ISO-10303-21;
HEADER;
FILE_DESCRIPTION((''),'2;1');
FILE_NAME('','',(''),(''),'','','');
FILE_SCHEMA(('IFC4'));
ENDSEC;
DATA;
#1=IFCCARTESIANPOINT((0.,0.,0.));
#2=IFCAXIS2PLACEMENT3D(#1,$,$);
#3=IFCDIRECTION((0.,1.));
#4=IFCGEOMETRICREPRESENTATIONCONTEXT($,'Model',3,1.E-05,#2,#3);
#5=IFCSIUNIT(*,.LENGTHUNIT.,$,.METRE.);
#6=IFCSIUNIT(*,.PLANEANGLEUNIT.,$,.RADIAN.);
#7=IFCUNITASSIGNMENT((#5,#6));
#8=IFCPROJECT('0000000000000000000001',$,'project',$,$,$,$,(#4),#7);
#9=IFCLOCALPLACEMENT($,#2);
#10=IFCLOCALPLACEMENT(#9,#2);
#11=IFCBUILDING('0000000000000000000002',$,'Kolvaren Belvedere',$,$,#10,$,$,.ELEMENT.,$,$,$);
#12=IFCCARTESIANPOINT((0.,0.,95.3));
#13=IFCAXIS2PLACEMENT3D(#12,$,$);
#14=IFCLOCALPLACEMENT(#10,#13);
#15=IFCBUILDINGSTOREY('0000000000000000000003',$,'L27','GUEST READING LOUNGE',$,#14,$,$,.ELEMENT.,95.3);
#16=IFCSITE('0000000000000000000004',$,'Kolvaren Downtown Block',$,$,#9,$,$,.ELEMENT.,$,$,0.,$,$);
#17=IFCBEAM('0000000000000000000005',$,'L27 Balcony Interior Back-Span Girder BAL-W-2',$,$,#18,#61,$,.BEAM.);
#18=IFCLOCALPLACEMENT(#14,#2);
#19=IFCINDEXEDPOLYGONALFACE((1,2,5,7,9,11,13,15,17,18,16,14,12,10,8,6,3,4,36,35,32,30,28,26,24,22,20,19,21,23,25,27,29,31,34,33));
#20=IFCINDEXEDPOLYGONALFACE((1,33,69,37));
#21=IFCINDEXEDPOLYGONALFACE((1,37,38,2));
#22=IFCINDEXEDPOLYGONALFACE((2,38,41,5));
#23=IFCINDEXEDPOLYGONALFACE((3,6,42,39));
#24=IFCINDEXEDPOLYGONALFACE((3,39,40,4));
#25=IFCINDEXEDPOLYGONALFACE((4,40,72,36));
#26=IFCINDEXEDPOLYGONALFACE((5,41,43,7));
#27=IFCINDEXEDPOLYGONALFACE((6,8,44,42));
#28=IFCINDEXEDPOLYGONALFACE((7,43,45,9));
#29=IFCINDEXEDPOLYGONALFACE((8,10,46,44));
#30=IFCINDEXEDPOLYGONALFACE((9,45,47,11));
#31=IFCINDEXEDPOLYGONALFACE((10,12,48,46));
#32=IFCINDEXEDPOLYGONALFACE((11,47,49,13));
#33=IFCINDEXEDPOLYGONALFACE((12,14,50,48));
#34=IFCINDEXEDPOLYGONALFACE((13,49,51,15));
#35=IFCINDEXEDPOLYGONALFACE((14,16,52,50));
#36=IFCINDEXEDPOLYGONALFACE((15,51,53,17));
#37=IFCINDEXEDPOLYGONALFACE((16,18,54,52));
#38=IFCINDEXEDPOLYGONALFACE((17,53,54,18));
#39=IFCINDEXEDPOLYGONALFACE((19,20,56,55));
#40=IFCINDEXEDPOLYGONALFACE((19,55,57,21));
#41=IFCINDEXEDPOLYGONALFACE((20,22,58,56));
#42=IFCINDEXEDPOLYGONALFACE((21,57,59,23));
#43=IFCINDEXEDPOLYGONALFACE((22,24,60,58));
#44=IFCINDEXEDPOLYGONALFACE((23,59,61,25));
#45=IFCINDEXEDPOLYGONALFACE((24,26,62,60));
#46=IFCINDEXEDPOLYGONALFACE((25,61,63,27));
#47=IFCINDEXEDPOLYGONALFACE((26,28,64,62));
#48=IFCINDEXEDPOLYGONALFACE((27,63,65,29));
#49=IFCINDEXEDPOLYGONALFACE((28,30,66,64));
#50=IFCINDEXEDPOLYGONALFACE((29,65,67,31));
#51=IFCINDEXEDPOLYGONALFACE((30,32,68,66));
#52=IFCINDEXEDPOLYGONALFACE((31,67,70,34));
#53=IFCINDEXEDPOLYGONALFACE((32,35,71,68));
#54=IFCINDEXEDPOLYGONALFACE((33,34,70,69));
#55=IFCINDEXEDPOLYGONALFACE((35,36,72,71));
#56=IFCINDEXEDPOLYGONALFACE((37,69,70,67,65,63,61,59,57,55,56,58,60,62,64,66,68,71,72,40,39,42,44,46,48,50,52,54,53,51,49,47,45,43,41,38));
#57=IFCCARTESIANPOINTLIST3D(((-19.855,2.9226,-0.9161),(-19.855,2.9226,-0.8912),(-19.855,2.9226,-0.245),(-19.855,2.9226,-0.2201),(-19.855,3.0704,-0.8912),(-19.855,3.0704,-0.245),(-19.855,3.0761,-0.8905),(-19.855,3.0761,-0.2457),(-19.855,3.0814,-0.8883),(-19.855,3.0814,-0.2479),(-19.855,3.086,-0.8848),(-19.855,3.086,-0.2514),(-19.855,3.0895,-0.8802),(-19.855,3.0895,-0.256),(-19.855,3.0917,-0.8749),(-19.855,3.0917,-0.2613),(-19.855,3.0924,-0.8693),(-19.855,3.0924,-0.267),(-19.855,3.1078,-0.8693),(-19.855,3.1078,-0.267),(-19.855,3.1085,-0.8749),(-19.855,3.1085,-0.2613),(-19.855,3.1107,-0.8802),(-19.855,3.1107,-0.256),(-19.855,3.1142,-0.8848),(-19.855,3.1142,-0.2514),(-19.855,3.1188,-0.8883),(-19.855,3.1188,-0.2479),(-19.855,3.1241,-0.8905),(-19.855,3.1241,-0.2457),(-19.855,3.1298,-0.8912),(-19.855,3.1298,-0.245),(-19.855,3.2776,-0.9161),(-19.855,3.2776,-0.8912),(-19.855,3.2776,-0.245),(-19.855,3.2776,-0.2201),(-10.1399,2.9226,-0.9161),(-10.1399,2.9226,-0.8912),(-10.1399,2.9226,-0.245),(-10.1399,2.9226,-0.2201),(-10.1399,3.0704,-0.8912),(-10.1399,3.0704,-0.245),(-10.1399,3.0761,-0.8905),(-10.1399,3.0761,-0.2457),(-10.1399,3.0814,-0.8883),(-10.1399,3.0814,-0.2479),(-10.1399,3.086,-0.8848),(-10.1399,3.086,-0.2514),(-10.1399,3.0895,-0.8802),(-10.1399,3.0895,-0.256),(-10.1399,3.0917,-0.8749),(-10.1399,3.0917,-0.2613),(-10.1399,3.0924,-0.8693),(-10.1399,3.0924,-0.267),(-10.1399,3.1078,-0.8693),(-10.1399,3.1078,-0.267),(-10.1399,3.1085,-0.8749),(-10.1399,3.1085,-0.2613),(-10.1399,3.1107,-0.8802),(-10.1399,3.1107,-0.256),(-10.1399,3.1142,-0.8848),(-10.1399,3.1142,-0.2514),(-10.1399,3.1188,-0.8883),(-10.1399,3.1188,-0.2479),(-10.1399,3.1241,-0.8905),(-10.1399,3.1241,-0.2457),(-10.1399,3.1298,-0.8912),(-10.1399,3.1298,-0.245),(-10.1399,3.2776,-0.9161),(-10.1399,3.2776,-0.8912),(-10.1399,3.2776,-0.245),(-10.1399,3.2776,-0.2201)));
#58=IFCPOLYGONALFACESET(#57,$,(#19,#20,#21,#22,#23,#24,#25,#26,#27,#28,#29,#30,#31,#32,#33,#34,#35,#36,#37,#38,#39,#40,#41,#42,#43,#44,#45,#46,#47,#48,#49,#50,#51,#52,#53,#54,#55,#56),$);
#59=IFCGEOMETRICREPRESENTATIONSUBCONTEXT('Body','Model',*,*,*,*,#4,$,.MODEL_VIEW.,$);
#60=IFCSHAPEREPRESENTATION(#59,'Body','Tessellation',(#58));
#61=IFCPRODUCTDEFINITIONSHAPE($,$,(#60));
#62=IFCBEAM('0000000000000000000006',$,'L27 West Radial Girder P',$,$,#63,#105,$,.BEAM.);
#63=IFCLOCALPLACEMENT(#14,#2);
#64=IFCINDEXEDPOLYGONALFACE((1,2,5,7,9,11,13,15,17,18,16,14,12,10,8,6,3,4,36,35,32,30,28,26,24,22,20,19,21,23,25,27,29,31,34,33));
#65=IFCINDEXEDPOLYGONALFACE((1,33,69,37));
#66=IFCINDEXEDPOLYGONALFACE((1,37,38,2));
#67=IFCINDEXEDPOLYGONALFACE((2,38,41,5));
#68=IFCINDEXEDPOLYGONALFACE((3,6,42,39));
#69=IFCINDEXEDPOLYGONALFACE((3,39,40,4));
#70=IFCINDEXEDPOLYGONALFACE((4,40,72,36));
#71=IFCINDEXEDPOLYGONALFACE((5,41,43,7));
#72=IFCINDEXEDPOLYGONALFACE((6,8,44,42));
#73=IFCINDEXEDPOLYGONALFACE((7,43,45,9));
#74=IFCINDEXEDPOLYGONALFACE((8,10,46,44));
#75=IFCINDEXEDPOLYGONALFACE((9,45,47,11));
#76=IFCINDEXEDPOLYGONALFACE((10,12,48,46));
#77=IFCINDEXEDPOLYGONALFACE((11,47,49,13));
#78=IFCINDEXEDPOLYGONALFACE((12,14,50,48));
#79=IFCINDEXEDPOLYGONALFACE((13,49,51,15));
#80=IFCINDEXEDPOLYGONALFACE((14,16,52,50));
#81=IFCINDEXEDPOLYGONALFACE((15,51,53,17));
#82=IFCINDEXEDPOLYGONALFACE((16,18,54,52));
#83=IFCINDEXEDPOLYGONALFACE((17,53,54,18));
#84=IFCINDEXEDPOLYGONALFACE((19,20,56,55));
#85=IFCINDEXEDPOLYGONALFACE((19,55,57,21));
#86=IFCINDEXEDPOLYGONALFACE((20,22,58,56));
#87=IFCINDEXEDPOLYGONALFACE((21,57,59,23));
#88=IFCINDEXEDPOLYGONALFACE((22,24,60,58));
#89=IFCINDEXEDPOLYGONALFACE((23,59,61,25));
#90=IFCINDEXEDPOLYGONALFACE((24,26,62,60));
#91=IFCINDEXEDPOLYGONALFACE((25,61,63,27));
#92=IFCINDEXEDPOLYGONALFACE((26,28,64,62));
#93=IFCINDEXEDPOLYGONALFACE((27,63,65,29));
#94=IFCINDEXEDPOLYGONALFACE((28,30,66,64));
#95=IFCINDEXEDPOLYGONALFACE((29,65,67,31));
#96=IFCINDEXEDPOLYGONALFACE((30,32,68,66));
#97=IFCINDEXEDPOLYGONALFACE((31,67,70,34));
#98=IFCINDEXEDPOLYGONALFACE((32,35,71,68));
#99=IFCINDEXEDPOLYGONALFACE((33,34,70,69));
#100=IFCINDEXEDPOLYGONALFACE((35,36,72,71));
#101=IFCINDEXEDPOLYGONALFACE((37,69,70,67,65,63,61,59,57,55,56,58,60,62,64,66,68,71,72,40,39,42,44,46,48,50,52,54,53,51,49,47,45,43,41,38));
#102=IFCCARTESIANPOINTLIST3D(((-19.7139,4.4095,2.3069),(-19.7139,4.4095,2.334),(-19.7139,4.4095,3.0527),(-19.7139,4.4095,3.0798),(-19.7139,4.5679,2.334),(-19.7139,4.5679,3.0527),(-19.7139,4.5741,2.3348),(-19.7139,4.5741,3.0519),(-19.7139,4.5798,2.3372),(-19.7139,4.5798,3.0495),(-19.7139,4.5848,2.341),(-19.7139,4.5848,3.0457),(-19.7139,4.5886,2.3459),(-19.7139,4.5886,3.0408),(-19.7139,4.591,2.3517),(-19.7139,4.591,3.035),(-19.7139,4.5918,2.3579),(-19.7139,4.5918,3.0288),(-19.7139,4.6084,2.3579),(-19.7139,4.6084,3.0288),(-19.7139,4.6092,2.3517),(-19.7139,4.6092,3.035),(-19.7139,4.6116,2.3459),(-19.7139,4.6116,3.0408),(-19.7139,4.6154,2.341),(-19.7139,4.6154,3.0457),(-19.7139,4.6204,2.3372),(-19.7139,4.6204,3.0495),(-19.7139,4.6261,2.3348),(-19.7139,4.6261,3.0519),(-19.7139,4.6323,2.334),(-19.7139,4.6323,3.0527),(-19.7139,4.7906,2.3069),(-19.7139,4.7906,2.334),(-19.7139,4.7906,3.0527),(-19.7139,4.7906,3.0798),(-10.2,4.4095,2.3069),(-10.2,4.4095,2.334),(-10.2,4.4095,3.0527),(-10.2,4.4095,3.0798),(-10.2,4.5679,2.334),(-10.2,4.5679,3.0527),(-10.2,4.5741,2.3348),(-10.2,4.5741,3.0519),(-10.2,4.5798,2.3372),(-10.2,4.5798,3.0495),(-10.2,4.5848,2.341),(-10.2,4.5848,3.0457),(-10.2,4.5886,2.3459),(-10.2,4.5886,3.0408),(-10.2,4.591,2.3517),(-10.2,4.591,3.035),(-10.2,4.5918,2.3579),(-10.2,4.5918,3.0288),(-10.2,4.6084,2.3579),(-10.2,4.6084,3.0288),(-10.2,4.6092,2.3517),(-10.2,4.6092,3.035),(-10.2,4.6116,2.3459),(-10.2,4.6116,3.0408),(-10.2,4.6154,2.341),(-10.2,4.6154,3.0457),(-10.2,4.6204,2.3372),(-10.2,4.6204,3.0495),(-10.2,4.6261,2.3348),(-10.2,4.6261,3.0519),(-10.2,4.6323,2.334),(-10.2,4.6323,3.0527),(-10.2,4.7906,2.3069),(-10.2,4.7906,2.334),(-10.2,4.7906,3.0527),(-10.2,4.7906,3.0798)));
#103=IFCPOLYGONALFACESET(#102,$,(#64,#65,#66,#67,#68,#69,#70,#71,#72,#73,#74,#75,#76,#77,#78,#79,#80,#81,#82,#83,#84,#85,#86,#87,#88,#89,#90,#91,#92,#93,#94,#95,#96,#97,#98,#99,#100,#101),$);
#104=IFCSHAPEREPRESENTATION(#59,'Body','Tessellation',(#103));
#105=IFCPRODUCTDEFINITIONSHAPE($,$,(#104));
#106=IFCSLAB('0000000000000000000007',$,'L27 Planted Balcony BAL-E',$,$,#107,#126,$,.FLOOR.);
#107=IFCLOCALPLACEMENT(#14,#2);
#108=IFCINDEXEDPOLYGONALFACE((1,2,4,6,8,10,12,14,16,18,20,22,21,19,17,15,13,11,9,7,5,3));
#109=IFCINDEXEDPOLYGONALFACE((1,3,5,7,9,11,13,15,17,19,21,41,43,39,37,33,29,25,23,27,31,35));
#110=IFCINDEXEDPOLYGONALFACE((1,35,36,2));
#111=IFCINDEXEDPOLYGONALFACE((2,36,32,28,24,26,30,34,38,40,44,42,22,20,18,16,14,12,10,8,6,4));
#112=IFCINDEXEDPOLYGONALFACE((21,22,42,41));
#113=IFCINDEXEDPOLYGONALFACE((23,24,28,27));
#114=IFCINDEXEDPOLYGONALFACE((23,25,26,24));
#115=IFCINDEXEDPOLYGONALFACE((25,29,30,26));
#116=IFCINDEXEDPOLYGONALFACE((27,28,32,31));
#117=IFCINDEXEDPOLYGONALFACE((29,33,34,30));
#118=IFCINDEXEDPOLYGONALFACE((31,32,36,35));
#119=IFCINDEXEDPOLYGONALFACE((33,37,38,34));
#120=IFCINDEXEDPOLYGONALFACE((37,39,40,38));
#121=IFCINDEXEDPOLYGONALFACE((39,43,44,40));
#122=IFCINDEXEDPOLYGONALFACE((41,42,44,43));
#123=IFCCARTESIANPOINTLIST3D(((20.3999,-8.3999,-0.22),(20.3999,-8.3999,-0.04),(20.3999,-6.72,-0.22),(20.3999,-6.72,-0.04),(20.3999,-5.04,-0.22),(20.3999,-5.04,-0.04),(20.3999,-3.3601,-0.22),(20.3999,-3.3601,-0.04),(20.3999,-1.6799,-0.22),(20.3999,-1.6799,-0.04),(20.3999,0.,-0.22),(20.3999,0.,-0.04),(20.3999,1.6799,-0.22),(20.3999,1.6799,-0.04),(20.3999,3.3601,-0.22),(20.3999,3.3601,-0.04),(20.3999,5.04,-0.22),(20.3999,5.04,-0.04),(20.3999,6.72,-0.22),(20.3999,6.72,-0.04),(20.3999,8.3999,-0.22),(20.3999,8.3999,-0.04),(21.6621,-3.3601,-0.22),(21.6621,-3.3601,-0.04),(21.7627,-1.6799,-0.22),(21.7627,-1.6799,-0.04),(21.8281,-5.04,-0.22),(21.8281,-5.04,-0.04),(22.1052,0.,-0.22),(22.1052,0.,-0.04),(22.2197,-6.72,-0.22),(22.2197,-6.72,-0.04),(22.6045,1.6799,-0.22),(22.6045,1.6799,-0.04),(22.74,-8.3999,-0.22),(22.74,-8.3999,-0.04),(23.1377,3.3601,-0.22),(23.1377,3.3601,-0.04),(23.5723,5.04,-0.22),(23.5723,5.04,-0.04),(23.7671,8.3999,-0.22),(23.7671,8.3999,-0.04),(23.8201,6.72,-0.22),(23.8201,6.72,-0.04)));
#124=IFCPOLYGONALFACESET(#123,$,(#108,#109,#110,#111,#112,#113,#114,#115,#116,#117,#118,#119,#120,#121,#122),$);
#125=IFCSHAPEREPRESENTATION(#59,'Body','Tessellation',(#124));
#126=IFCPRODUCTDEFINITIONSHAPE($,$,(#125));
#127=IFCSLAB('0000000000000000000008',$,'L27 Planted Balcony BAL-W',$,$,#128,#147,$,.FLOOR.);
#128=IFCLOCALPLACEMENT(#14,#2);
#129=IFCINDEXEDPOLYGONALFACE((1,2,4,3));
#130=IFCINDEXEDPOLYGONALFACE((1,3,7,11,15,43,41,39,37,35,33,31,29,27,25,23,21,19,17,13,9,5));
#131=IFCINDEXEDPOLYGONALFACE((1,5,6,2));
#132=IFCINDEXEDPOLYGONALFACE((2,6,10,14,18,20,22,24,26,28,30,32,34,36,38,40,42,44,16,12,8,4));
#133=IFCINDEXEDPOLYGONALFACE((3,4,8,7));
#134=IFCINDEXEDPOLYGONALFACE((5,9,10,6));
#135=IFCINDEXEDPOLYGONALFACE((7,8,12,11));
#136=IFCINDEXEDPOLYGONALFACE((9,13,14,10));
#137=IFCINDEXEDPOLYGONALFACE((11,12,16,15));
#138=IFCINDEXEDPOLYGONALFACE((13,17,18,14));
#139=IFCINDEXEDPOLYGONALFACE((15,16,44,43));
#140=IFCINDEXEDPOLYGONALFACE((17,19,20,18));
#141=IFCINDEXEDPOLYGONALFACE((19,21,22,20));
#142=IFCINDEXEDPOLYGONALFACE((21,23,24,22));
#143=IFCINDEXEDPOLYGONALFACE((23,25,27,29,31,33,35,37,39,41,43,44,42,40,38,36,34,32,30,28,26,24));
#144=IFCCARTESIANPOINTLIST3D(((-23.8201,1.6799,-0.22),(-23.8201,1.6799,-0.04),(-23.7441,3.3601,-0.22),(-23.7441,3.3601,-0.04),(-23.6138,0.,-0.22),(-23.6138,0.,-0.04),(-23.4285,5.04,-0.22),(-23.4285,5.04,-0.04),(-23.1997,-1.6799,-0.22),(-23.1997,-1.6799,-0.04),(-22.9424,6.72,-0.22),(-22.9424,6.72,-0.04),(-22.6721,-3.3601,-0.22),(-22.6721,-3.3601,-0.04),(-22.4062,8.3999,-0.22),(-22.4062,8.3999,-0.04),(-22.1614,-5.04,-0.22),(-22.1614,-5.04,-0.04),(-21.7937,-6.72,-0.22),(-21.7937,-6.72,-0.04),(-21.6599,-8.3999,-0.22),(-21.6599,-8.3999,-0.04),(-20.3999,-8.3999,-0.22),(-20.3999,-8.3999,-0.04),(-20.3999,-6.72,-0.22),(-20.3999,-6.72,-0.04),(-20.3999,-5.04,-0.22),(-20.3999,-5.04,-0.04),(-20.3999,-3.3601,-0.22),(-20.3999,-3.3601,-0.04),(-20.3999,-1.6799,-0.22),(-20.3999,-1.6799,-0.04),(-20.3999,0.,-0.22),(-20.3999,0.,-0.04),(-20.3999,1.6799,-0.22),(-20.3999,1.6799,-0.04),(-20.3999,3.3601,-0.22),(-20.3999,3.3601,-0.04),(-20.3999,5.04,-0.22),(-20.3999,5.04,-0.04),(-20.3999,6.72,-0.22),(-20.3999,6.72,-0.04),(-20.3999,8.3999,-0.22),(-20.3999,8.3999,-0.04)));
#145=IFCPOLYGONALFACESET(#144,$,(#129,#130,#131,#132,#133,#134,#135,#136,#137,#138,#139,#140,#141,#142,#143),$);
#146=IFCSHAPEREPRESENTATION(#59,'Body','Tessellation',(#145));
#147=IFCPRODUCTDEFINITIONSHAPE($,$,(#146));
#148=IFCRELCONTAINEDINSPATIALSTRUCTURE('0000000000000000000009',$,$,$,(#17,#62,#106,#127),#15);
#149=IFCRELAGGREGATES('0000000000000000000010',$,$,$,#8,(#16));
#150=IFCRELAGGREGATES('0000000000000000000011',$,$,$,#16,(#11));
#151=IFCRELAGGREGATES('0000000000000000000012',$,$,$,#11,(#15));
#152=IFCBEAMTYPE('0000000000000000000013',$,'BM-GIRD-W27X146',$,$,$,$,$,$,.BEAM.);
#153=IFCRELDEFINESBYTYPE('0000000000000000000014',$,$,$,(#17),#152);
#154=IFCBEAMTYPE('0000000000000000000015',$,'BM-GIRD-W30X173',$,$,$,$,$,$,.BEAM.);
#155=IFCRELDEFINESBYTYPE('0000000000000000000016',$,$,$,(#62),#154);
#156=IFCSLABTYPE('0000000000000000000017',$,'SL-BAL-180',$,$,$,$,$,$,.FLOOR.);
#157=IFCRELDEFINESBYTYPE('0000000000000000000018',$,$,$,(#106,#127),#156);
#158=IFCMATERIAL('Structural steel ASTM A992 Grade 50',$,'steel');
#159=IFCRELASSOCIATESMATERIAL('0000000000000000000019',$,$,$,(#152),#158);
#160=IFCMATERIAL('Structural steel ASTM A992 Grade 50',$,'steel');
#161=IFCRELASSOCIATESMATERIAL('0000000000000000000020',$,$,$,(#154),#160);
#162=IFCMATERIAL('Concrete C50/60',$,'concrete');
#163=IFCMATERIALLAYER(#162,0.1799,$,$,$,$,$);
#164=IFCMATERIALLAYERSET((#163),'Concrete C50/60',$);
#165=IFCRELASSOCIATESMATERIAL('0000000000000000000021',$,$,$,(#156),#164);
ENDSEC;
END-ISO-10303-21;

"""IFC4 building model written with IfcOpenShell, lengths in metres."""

from ifc_helpers import new_model, si_unit, direction, frame, origin, origin_2d, place, context, subcontext, project, spatial, polyline, i_section, outline, extrude, material, layer, layer_set, material_profile, profile_set, type_object, element, save


model = new_model("IFC4")

# Units and contexts
model_context = context("Model", 3, precision=1e-05, world=origin(), true_north=direction((0.0, 1.0)))
body_context = subcontext(model_context, "Body", "Model", "MODEL_VIEW")
ifc_project = project(units=[si_unit("LENGTHUNIT", "METRE"), si_unit("PLANEANGLEUNIT", "RADIAN")], contexts=[model_context])

# Site, building, storey
site_placement = place(None, origin())
site = spatial("IfcSite", under=ifc_project, at=site_placement, Name="Kolvaren Downtown Block", CompositionType="ELEMENT", RefElevation=0.0)
building_placement = place(site_placement, origin())
building = spatial("IfcBuilding", under=site, at=building_placement, Name="Kolvaren Belvedere", CompositionType="ELEMENT")
storey_placement = place(building_placement, frame((0.0, 0.0, 95.3)))
storey = spatial("IfcBuildingStorey", under=building, at=storey_placement, Name="L27", Description="GUEST READING LOUNGE", CompositionType="ELEMENT", Elevation=95.3)

# Beams
ifc_material_1 = material(Name="Structural steel ASTM A992 Grade 50", Category="steel")
ifc_material_profile_1 = material_profile(ifc_material_1, i_section(OverallWidth=0.355, OverallDepth=0.696, WebThickness=0.0154, FlangeThickness=0.0249, FilletRadius=0.022, at=origin_2d()), Name="W27X146")
ifc_profile_set_1 = profile_set([ifc_material_profile_1], Name="Structural steel ASTM A992 Grade 50")
beam_type_1 = type_object("IfcBeamType", Name="BM-GIRD-W27X146", PredefinedType="BEAM", material=ifc_profile_set_1)
beam_1_placement = place(storey_placement, frame((-10.1399, 3.1001, -0.5681), z_axis=(-1.0, 0.0, 0.0), x_axis=(0.0, -1.0, 0.0)))
element("IfcBeam", 1, at=beam_1_placement, inside=storey, type_object=beam_type_1, Name="L27 Balcony Interior Back-Span Girder BAL-W-2", PredefinedType="BEAM", context=body_context, shape_type="SweptSolid", body=[
    extrude(i_section(OverallWidth=0.355, OverallDepth=0.696, WebThickness=0.0154, FlangeThickness=0.0249, FilletRadius=0.022, at=origin_2d()), origin(), (0.0, 0.0, 1.0), 9.7151),
])
ifc_material_2 = material(Name="Structural steel ASTM A992 Grade 50", Category="steel")
ifc_material_profile_2 = material_profile(ifc_material_2, i_section(OverallWidth=0.3811, OverallDepth=0.7729, WebThickness=0.0166, FlangeThickness=0.0271, FilletRadius=0.0239, at=origin_2d()), Name="W30X173")
ifc_profile_set_2 = profile_set([ifc_material_profile_2], Name="Structural steel ASTM A992 Grade 50")
beam_type_2 = type_object("IfcBeamType", Name="BM-GIRD-W30X173", PredefinedType="BEAM", material=ifc_profile_set_2)
beam_2_placement = place(storey_placement, frame((-10.2, 4.6001, 2.6934), z_axis=(-1.0, 0.0, 0.0), x_axis=(0.0, -1.0, 0.0)))
element("IfcBeam", 2, at=beam_2_placement, inside=storey, type_object=beam_type_2, Name="L27 West Radial Girder P", PredefinedType="BEAM", context=body_context, shape_type="SweptSolid", body=[
    extrude(i_section(OverallWidth=0.3811, OverallDepth=0.7729, WebThickness=0.0166, FlangeThickness=0.0271, FilletRadius=0.0239, at=origin_2d()), origin(), (0.0, 0.0, 1.0), 9.5139),
])

# Slabs
ifc_material_3 = material(Name="Concrete C50/60", Category="concrete")
ifc_layer_1 = layer(ifc_material_3, 0.1799)
ifc_layer_set_1 = layer_set([ifc_layer_1], Name="Concrete C50/60")
slab_type_1 = type_object("IfcSlabType", Name="SL-BAL-180", PredefinedType="FLOOR", material=ifc_layer_set_1)
slab_1_placement = place(storey_placement, frame((0.0, 0.0, -0.22)))
element("IfcSlab", 3, at=slab_1_placement, inside=storey, type_object=slab_type_1, Name="L27 Planted Balcony BAL-E", PredefinedType="FLOOR", context=body_context, shape_type="SweptSolid", body=[
    extrude(outline(polyline([(22.74, -8.3999), (22.2197, -6.72), (21.8281, -5.04), (21.6621, -3.3601), (21.7627, -1.6799), (22.1052, 0.0), (22.6045, 1.6799), (23.1377, 3.3601), (23.5723, 5.04), (23.8201, 6.72), (23.7671, 8.3999), (20.3999, 8.3999), (20.3999, 6.72), (20.3999, 5.04), (20.3999, 3.3601), (20.3999, 1.6799), (20.3999, 0.0), (20.3999, -1.6799), (20.3999, -3.3601), (20.3999, -5.04), (20.3999, -6.72), (20.3999, -8.3999), (22.74, -8.3999)])), origin(), (0.0, 0.0, 1.0), 0.1799),
])
slab_2_placement = place(storey_placement, frame((0.0, 0.0, -0.22)))
element("IfcSlab", 4, at=slab_2_placement, inside=storey, type_object=slab_type_1, Name="L27 Planted Balcony BAL-W", PredefinedType="FLOOR", context=body_context, shape_type="SweptSolid", body=[
    extrude(outline(polyline([(-22.4062, 8.3999), (-22.9424, 6.72), (-23.4285, 5.04), (-23.7441, 3.3601), (-23.8201, 1.6799), (-23.6138, 0.0), (-23.1997, -1.6799), (-22.6721, -3.3601), (-22.1614, -5.04), (-21.7937, -6.72), (-21.6599, -8.3999), (-20.3999, -8.3999), (-20.3999, -6.72), (-20.3999, -5.04), (-20.3999, -3.3601), (-20.3999, -1.6799), (-20.3999, 0.0), (-20.3999, 1.6799), (-20.3999, 3.3601), (-20.3999, 5.04), (-20.3999, 6.72), (-20.3999, 8.3999), (-22.4062, 8.3999)])), origin(), (0.0, 0.0, 1.0), 0.1799),
])

save(model, "model.ifc")
